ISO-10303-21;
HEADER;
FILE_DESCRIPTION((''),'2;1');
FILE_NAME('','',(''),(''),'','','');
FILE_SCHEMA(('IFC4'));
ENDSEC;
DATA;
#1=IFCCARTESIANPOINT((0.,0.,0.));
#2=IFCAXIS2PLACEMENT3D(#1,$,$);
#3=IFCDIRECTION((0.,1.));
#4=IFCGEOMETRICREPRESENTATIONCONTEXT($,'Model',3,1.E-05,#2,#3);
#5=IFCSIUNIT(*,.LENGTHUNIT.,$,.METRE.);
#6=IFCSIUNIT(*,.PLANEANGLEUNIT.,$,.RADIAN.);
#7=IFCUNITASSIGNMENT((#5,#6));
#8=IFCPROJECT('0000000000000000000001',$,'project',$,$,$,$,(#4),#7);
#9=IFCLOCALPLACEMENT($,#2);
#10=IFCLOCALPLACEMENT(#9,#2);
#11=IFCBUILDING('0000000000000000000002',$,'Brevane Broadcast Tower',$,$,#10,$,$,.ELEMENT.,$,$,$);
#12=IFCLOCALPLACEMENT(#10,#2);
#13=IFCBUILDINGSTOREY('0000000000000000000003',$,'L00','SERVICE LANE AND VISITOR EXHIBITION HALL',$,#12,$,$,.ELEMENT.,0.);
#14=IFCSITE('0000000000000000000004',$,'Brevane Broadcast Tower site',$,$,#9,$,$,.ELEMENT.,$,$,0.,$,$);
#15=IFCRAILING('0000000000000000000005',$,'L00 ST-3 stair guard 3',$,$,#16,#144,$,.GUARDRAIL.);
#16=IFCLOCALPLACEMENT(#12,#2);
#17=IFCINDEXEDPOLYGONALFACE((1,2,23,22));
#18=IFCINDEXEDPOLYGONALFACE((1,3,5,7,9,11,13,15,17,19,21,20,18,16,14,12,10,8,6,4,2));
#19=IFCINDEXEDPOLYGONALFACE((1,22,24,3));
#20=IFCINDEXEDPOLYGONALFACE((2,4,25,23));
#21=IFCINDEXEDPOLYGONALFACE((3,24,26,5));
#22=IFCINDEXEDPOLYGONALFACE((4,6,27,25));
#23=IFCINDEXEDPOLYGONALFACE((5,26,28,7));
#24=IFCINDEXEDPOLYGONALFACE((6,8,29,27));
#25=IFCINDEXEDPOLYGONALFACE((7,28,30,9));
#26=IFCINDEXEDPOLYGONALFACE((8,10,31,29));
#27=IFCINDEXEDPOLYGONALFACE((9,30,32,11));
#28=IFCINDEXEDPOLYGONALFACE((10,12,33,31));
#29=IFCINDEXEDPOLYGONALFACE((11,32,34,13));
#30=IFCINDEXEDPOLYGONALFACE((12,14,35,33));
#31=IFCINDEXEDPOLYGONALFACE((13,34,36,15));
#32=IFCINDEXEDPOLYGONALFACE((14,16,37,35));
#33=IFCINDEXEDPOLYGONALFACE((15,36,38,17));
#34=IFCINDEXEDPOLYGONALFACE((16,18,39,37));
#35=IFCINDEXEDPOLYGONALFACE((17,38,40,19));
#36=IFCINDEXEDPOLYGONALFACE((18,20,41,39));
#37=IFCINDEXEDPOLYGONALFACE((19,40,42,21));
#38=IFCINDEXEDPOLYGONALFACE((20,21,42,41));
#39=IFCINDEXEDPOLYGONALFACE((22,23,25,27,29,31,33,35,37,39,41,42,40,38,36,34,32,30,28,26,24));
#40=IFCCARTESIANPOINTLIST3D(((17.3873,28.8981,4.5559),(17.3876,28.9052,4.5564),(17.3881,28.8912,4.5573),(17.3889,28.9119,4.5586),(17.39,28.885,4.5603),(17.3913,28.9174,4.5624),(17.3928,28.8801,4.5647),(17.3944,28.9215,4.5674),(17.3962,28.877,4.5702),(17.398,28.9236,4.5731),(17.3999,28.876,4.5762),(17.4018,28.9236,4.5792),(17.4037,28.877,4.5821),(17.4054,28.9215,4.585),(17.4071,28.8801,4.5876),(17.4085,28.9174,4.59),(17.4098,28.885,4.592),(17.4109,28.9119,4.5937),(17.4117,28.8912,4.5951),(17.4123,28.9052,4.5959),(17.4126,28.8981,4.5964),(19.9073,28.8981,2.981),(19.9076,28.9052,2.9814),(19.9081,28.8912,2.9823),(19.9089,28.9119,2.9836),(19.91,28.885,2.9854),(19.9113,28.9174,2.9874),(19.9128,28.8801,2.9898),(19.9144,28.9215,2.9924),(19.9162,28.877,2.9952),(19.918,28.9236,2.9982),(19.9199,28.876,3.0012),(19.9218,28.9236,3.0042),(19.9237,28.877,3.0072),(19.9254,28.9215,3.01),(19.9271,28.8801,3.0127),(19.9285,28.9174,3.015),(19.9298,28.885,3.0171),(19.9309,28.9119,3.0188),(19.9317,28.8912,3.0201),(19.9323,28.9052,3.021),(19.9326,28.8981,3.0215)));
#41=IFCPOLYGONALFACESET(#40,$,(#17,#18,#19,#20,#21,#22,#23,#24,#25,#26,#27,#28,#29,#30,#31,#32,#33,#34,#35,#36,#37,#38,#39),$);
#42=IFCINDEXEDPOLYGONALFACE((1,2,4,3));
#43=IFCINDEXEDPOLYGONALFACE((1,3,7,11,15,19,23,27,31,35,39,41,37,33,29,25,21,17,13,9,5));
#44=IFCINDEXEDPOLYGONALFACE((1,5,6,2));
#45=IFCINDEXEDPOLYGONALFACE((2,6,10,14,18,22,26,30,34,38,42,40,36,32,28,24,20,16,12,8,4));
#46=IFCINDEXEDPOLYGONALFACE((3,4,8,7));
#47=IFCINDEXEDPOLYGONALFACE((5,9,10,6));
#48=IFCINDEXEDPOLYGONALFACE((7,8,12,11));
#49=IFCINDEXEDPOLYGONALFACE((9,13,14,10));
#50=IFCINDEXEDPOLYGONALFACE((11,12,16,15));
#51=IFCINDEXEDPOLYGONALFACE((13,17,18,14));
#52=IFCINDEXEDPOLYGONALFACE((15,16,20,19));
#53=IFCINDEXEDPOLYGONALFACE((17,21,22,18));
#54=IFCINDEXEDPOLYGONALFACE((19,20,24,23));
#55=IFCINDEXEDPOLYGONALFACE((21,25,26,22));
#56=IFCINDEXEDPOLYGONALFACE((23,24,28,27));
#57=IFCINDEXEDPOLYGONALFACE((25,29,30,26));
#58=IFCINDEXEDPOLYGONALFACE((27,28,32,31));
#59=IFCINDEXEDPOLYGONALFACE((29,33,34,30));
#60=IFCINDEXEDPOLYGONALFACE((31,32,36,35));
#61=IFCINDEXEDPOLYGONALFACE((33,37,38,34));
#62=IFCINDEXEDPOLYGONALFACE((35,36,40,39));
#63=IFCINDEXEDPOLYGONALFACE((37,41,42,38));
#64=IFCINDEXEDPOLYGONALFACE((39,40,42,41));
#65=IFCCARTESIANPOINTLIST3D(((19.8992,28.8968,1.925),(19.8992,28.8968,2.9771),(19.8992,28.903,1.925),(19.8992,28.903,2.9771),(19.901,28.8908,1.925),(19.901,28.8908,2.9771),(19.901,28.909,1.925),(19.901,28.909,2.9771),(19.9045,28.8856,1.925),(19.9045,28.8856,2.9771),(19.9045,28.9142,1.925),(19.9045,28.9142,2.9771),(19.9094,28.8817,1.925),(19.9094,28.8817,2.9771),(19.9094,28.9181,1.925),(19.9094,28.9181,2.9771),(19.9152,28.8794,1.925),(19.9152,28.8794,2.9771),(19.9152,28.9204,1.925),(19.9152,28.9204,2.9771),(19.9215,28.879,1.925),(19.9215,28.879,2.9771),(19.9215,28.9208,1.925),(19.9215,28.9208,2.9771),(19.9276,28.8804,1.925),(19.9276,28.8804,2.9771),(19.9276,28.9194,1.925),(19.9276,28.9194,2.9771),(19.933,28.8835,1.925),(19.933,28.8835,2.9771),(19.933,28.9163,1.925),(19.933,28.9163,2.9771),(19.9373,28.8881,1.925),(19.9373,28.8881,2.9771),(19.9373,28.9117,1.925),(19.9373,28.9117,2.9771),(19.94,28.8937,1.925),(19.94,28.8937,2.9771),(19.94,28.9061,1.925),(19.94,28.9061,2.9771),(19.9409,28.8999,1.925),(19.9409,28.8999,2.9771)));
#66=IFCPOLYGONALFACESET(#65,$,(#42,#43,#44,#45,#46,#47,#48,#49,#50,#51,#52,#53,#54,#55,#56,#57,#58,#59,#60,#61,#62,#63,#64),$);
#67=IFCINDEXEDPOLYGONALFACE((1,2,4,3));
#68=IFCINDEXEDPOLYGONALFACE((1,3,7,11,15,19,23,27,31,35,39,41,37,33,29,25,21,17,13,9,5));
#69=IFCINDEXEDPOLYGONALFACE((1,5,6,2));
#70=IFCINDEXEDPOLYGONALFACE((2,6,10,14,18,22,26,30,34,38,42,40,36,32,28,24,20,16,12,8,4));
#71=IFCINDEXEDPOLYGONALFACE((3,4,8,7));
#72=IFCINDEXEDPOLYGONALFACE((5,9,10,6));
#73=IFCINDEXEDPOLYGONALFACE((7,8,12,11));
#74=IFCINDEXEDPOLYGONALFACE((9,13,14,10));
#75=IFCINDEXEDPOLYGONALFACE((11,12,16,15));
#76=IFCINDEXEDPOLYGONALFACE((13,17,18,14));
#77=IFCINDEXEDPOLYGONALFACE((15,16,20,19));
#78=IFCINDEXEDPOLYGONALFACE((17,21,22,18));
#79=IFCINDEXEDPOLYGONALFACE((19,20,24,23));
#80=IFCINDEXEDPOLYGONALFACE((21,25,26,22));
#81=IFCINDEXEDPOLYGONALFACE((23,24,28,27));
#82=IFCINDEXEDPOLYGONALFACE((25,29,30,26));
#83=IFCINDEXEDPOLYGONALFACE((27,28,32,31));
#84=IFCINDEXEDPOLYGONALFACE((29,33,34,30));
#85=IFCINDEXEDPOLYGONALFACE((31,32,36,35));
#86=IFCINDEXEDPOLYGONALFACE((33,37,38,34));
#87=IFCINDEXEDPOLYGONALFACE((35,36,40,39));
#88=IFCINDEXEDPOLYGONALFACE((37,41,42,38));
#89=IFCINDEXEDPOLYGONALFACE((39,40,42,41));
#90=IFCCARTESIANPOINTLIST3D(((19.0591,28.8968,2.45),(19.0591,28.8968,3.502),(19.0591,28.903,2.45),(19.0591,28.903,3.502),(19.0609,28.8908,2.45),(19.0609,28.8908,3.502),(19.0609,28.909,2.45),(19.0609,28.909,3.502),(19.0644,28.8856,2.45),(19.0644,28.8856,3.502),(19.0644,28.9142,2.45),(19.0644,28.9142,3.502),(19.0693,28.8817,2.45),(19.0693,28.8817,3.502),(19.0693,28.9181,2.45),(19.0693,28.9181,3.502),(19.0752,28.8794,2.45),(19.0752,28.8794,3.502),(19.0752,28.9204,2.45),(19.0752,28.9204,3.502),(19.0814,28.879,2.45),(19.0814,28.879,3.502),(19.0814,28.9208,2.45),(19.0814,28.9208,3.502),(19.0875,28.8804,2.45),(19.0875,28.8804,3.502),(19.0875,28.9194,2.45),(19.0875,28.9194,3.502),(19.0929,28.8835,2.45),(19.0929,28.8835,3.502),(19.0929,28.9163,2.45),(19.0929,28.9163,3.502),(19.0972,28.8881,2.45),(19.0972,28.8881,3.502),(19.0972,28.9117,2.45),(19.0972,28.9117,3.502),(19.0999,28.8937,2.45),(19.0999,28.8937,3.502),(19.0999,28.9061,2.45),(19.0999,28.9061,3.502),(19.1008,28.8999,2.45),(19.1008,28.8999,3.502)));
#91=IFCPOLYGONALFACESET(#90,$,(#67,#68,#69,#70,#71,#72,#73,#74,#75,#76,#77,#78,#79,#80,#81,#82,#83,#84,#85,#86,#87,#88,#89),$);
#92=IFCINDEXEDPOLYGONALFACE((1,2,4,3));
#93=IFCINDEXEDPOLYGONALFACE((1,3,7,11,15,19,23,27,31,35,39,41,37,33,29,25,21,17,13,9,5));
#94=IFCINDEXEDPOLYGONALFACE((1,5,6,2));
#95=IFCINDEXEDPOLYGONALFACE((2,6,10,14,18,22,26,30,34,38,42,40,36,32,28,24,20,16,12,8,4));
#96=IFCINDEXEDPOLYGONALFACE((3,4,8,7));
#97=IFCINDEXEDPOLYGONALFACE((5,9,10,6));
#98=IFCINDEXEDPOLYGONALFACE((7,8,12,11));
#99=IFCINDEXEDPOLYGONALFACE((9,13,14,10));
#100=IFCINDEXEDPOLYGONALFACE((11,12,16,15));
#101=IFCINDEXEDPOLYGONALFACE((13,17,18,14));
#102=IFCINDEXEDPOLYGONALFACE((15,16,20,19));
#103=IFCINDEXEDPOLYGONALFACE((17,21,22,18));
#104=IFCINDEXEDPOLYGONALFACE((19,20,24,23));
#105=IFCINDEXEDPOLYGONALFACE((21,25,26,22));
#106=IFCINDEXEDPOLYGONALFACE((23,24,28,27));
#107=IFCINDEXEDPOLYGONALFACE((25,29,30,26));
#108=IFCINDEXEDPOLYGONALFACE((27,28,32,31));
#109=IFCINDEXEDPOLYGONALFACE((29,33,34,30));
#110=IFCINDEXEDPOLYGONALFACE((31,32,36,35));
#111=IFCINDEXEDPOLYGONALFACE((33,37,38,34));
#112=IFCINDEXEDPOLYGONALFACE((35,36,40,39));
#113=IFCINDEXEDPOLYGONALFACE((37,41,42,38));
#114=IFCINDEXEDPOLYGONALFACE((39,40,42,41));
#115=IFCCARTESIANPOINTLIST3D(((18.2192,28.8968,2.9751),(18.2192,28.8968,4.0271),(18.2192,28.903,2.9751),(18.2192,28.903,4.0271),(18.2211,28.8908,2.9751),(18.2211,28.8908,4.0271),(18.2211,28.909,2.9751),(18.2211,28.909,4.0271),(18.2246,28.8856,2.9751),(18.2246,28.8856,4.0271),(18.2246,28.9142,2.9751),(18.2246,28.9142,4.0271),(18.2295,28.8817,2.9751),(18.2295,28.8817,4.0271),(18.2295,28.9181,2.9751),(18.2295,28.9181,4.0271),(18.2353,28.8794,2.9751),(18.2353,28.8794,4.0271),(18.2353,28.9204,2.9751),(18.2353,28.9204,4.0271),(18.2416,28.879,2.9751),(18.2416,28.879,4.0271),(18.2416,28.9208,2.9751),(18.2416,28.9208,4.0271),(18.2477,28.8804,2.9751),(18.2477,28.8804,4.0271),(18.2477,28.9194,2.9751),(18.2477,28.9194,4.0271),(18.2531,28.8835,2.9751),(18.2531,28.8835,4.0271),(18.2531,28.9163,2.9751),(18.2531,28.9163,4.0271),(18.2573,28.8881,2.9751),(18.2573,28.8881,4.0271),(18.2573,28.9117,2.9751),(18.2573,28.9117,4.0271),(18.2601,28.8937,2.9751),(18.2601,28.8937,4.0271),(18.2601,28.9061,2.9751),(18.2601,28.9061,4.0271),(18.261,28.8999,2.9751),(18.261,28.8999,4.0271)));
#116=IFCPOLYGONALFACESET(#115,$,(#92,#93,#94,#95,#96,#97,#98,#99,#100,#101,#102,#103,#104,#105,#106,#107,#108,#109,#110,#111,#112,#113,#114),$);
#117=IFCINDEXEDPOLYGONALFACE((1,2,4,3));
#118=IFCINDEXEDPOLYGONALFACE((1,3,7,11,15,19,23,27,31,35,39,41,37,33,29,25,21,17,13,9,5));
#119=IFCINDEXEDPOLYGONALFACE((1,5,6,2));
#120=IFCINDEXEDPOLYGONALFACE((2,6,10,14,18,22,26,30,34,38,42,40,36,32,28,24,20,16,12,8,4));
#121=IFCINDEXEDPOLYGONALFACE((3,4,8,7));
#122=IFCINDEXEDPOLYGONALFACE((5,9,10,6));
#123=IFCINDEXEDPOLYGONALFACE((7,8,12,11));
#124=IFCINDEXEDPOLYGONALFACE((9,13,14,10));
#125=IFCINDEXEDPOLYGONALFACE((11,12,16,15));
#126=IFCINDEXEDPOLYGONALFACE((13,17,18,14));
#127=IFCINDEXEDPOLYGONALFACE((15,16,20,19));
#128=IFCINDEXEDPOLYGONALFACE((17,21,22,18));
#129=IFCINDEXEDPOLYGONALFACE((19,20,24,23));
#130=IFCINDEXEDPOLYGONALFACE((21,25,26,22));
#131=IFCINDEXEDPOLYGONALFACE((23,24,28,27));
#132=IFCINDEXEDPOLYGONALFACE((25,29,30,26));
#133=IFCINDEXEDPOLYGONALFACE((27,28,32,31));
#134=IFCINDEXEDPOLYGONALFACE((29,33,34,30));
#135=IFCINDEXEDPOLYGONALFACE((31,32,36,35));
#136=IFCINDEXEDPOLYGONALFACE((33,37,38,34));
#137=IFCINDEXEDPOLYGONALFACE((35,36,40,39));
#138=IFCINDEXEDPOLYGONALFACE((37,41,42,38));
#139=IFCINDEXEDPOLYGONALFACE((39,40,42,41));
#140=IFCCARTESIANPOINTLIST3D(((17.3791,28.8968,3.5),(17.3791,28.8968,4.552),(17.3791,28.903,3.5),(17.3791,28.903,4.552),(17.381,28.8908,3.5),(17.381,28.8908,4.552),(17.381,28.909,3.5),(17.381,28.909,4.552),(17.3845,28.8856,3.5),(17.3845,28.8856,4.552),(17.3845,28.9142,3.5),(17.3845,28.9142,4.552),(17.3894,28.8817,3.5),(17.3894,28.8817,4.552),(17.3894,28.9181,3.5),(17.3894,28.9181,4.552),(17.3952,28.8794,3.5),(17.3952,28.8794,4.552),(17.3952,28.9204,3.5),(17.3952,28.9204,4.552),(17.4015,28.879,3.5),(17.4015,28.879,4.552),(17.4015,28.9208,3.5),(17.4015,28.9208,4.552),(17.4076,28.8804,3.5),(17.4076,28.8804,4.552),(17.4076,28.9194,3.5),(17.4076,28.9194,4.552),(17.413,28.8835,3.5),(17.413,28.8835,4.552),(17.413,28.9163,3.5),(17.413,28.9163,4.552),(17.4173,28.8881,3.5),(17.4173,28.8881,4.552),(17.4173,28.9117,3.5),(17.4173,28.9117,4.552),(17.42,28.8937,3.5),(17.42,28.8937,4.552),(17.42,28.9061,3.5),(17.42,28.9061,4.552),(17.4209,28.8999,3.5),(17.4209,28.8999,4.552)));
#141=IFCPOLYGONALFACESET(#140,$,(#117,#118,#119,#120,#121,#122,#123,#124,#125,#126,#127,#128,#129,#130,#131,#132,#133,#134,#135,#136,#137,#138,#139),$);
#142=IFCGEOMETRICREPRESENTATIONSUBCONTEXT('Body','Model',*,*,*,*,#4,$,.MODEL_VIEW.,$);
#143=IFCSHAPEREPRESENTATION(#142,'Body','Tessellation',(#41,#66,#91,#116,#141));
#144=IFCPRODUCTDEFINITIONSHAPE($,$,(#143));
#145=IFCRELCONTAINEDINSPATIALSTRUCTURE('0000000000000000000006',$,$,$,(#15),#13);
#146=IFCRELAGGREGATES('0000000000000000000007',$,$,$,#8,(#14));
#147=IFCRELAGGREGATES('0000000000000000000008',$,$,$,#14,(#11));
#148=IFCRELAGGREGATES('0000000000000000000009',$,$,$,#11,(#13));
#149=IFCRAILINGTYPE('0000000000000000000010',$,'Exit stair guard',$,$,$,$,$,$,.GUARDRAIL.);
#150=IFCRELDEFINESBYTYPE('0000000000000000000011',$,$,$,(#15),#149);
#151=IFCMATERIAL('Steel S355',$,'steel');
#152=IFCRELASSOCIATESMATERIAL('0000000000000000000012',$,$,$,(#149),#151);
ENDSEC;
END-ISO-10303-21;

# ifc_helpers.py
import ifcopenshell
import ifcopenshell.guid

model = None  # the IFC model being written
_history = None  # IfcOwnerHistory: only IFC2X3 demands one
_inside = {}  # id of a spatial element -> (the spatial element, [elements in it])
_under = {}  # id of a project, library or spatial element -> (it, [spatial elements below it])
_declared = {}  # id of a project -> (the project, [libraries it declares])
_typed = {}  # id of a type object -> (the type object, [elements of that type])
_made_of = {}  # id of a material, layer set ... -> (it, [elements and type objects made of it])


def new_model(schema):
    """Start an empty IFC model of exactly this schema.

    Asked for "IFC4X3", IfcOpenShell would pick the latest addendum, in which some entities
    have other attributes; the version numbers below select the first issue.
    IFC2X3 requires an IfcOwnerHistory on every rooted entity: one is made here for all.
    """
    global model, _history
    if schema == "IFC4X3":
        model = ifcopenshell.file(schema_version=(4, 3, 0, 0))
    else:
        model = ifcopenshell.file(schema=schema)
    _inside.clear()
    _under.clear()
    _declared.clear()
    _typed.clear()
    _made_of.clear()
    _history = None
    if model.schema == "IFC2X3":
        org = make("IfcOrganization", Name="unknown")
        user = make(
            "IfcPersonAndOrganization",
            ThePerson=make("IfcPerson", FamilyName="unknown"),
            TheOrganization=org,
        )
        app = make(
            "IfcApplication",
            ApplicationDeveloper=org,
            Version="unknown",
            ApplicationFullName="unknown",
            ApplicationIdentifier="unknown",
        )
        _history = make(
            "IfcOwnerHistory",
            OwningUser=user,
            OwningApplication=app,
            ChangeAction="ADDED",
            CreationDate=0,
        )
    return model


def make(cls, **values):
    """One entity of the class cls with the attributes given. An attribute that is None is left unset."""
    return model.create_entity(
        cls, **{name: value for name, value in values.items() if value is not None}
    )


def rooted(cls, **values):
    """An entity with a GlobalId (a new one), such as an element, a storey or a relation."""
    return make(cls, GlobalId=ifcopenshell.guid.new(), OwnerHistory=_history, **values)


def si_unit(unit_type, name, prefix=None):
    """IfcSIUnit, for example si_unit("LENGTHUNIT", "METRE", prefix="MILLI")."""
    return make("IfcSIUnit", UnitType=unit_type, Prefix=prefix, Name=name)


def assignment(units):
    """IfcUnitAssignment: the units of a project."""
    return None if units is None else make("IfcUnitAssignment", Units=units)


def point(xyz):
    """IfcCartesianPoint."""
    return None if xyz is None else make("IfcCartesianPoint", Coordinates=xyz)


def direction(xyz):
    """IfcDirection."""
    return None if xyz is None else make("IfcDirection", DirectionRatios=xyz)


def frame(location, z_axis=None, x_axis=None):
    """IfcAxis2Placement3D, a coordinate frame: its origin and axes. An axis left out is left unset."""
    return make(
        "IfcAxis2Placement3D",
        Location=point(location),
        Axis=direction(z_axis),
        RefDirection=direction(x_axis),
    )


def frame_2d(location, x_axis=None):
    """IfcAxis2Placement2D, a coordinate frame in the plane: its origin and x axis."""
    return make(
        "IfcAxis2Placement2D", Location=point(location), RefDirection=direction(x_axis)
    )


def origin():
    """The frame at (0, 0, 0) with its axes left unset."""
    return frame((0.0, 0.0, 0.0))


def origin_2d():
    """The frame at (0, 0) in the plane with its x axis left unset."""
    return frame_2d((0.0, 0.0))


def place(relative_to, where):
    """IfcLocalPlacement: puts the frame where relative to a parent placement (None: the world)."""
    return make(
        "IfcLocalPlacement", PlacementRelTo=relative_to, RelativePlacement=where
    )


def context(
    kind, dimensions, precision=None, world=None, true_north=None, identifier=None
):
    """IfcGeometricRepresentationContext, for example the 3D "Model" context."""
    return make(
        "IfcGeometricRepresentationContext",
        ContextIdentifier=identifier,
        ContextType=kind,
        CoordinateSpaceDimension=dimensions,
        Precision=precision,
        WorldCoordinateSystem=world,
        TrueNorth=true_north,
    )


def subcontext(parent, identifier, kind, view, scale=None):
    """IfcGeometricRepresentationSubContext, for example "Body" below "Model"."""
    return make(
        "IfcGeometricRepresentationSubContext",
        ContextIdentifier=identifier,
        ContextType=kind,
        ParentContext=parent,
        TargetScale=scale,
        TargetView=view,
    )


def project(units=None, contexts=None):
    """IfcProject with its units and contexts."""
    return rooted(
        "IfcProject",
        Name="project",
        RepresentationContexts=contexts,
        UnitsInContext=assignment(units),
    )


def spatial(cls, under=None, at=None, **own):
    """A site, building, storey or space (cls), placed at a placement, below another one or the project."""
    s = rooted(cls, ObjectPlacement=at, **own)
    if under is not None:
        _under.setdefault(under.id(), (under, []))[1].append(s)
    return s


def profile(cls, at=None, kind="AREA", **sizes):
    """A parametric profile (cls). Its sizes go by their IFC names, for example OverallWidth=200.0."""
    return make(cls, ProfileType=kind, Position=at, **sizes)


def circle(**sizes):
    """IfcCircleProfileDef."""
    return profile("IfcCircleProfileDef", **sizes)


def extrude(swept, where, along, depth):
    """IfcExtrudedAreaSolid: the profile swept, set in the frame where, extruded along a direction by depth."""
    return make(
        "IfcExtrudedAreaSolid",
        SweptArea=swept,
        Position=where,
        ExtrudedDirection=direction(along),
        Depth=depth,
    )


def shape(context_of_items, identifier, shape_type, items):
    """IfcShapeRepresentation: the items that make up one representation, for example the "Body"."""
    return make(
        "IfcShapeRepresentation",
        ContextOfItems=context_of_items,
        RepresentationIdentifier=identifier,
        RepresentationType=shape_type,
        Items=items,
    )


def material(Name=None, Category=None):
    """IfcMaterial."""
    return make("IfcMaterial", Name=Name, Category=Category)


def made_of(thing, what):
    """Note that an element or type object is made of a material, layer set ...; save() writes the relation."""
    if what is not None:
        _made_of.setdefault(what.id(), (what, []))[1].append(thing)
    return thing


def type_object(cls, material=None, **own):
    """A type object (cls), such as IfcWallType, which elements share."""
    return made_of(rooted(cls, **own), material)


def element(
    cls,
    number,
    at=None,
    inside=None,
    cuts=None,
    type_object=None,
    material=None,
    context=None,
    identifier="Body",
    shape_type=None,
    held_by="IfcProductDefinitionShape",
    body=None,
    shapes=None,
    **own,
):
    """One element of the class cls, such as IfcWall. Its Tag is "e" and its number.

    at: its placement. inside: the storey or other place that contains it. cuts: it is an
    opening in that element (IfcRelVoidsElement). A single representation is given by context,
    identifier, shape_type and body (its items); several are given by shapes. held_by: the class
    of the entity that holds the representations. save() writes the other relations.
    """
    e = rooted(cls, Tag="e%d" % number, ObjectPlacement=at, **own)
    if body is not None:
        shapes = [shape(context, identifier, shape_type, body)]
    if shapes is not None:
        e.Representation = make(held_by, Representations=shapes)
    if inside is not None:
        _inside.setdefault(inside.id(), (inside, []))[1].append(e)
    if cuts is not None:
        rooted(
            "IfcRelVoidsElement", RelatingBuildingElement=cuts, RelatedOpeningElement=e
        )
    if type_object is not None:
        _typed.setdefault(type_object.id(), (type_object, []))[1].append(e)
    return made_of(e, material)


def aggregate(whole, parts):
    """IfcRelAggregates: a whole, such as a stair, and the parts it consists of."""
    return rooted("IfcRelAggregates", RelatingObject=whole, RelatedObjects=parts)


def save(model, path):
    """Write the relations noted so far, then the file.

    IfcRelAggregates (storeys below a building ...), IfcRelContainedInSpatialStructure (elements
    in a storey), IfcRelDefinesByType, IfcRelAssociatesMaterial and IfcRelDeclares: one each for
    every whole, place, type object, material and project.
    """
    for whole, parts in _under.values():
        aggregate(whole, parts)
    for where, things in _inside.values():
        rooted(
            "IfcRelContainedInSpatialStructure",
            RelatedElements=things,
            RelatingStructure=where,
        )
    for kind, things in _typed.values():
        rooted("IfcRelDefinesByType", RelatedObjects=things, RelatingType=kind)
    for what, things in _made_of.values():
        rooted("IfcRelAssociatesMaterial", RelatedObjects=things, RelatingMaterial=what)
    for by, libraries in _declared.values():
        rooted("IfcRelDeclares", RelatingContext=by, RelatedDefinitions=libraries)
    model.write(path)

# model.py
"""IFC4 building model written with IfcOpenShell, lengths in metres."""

from ifc_helpers import new_model, si_unit, direction, frame, origin, origin_2d, place, context, subcontext, project, spatial, circle, extrude, material, type_object, element, save


model = new_model("IFC4")

# Units and contexts
model_context = context("Model", 3, precision=1e-05, world=origin(), true_north=direction((0.0, 1.0)))
body_context = subcontext(model_context, "Body", "Model", "MODEL_VIEW")
ifc_project = project(units=[si_unit("LENGTHUNIT", "METRE"), si_unit("PLANEANGLEUNIT", "RADIAN")], contexts=[model_context])

# Site, building, storey
site_placement = place(None, origin())
site = spatial("IfcSite", under=ifc_project, at=site_placement, Name="Brevane Broadcast Tower site", CompositionType="ELEMENT", RefElevation=0.0)
building_placement = place(site_placement, origin())
building = spatial("IfcBuilding", under=site, at=building_placement, Name="Brevane Broadcast Tower", CompositionType="ELEMENT")
storey_placement = place(building_placement, origin())
storey = spatial("IfcBuildingStorey", under=building, at=storey_placement, Name="L00", Description="SERVICE LANE AND VISITOR EXHIBITION HALL", CompositionType="ELEMENT", Elevation=0.0)

# Railing
ifc_material_1 = material(Name="Steel S355", Category="steel")
railing_type_1 = type_object("IfcRailingType", Name="Exit stair guard", PredefinedType="GUARDRAIL", material=ifc_material_1)
railing_1_placement = place(storey_placement, frame((19.9199, 28.8999, 1.925)))
element("IfcRailing", 1, at=railing_1_placement, inside=storey, type_object=railing_type_1, Name="L00 ST-3 stair guard 3", PredefinedType="GUARDRAIL", context=body_context, shape_type="SweptSolid", body=[
    extrude(circle(Radius=0.0239, at=origin_2d()), frame((0.0, 0.0, 1.0762), z_axis=(-0.848008, 0.0, 0.529984), x_axis=(0.0, -1.0, 0.0)), (0.0, 0.0, 1.0), 2.9717),
    extrude(circle(Radius=0.021, at=origin_2d()), origin(), (0.0, 0.0, 1.0), 1.052),
    extrude(circle(Radius=0.021, at=origin_2d()), frame((-0.8401, 0.0, 0.5249)), (0.0, 0.0, 1.0), 1.052),
    extrude(circle(Radius=0.021, at=origin_2d()), frame((-1.6799, 0.0, 1.05)), (0.0, 0.0, 1.0), 1.052),
    extrude(circle(Radius=0.021, at=origin_2d()), frame((-2.52, 0.0, 1.575)), (0.0, 0.0, 1.0), 1.052),
])

save(model, "model.ifc")
